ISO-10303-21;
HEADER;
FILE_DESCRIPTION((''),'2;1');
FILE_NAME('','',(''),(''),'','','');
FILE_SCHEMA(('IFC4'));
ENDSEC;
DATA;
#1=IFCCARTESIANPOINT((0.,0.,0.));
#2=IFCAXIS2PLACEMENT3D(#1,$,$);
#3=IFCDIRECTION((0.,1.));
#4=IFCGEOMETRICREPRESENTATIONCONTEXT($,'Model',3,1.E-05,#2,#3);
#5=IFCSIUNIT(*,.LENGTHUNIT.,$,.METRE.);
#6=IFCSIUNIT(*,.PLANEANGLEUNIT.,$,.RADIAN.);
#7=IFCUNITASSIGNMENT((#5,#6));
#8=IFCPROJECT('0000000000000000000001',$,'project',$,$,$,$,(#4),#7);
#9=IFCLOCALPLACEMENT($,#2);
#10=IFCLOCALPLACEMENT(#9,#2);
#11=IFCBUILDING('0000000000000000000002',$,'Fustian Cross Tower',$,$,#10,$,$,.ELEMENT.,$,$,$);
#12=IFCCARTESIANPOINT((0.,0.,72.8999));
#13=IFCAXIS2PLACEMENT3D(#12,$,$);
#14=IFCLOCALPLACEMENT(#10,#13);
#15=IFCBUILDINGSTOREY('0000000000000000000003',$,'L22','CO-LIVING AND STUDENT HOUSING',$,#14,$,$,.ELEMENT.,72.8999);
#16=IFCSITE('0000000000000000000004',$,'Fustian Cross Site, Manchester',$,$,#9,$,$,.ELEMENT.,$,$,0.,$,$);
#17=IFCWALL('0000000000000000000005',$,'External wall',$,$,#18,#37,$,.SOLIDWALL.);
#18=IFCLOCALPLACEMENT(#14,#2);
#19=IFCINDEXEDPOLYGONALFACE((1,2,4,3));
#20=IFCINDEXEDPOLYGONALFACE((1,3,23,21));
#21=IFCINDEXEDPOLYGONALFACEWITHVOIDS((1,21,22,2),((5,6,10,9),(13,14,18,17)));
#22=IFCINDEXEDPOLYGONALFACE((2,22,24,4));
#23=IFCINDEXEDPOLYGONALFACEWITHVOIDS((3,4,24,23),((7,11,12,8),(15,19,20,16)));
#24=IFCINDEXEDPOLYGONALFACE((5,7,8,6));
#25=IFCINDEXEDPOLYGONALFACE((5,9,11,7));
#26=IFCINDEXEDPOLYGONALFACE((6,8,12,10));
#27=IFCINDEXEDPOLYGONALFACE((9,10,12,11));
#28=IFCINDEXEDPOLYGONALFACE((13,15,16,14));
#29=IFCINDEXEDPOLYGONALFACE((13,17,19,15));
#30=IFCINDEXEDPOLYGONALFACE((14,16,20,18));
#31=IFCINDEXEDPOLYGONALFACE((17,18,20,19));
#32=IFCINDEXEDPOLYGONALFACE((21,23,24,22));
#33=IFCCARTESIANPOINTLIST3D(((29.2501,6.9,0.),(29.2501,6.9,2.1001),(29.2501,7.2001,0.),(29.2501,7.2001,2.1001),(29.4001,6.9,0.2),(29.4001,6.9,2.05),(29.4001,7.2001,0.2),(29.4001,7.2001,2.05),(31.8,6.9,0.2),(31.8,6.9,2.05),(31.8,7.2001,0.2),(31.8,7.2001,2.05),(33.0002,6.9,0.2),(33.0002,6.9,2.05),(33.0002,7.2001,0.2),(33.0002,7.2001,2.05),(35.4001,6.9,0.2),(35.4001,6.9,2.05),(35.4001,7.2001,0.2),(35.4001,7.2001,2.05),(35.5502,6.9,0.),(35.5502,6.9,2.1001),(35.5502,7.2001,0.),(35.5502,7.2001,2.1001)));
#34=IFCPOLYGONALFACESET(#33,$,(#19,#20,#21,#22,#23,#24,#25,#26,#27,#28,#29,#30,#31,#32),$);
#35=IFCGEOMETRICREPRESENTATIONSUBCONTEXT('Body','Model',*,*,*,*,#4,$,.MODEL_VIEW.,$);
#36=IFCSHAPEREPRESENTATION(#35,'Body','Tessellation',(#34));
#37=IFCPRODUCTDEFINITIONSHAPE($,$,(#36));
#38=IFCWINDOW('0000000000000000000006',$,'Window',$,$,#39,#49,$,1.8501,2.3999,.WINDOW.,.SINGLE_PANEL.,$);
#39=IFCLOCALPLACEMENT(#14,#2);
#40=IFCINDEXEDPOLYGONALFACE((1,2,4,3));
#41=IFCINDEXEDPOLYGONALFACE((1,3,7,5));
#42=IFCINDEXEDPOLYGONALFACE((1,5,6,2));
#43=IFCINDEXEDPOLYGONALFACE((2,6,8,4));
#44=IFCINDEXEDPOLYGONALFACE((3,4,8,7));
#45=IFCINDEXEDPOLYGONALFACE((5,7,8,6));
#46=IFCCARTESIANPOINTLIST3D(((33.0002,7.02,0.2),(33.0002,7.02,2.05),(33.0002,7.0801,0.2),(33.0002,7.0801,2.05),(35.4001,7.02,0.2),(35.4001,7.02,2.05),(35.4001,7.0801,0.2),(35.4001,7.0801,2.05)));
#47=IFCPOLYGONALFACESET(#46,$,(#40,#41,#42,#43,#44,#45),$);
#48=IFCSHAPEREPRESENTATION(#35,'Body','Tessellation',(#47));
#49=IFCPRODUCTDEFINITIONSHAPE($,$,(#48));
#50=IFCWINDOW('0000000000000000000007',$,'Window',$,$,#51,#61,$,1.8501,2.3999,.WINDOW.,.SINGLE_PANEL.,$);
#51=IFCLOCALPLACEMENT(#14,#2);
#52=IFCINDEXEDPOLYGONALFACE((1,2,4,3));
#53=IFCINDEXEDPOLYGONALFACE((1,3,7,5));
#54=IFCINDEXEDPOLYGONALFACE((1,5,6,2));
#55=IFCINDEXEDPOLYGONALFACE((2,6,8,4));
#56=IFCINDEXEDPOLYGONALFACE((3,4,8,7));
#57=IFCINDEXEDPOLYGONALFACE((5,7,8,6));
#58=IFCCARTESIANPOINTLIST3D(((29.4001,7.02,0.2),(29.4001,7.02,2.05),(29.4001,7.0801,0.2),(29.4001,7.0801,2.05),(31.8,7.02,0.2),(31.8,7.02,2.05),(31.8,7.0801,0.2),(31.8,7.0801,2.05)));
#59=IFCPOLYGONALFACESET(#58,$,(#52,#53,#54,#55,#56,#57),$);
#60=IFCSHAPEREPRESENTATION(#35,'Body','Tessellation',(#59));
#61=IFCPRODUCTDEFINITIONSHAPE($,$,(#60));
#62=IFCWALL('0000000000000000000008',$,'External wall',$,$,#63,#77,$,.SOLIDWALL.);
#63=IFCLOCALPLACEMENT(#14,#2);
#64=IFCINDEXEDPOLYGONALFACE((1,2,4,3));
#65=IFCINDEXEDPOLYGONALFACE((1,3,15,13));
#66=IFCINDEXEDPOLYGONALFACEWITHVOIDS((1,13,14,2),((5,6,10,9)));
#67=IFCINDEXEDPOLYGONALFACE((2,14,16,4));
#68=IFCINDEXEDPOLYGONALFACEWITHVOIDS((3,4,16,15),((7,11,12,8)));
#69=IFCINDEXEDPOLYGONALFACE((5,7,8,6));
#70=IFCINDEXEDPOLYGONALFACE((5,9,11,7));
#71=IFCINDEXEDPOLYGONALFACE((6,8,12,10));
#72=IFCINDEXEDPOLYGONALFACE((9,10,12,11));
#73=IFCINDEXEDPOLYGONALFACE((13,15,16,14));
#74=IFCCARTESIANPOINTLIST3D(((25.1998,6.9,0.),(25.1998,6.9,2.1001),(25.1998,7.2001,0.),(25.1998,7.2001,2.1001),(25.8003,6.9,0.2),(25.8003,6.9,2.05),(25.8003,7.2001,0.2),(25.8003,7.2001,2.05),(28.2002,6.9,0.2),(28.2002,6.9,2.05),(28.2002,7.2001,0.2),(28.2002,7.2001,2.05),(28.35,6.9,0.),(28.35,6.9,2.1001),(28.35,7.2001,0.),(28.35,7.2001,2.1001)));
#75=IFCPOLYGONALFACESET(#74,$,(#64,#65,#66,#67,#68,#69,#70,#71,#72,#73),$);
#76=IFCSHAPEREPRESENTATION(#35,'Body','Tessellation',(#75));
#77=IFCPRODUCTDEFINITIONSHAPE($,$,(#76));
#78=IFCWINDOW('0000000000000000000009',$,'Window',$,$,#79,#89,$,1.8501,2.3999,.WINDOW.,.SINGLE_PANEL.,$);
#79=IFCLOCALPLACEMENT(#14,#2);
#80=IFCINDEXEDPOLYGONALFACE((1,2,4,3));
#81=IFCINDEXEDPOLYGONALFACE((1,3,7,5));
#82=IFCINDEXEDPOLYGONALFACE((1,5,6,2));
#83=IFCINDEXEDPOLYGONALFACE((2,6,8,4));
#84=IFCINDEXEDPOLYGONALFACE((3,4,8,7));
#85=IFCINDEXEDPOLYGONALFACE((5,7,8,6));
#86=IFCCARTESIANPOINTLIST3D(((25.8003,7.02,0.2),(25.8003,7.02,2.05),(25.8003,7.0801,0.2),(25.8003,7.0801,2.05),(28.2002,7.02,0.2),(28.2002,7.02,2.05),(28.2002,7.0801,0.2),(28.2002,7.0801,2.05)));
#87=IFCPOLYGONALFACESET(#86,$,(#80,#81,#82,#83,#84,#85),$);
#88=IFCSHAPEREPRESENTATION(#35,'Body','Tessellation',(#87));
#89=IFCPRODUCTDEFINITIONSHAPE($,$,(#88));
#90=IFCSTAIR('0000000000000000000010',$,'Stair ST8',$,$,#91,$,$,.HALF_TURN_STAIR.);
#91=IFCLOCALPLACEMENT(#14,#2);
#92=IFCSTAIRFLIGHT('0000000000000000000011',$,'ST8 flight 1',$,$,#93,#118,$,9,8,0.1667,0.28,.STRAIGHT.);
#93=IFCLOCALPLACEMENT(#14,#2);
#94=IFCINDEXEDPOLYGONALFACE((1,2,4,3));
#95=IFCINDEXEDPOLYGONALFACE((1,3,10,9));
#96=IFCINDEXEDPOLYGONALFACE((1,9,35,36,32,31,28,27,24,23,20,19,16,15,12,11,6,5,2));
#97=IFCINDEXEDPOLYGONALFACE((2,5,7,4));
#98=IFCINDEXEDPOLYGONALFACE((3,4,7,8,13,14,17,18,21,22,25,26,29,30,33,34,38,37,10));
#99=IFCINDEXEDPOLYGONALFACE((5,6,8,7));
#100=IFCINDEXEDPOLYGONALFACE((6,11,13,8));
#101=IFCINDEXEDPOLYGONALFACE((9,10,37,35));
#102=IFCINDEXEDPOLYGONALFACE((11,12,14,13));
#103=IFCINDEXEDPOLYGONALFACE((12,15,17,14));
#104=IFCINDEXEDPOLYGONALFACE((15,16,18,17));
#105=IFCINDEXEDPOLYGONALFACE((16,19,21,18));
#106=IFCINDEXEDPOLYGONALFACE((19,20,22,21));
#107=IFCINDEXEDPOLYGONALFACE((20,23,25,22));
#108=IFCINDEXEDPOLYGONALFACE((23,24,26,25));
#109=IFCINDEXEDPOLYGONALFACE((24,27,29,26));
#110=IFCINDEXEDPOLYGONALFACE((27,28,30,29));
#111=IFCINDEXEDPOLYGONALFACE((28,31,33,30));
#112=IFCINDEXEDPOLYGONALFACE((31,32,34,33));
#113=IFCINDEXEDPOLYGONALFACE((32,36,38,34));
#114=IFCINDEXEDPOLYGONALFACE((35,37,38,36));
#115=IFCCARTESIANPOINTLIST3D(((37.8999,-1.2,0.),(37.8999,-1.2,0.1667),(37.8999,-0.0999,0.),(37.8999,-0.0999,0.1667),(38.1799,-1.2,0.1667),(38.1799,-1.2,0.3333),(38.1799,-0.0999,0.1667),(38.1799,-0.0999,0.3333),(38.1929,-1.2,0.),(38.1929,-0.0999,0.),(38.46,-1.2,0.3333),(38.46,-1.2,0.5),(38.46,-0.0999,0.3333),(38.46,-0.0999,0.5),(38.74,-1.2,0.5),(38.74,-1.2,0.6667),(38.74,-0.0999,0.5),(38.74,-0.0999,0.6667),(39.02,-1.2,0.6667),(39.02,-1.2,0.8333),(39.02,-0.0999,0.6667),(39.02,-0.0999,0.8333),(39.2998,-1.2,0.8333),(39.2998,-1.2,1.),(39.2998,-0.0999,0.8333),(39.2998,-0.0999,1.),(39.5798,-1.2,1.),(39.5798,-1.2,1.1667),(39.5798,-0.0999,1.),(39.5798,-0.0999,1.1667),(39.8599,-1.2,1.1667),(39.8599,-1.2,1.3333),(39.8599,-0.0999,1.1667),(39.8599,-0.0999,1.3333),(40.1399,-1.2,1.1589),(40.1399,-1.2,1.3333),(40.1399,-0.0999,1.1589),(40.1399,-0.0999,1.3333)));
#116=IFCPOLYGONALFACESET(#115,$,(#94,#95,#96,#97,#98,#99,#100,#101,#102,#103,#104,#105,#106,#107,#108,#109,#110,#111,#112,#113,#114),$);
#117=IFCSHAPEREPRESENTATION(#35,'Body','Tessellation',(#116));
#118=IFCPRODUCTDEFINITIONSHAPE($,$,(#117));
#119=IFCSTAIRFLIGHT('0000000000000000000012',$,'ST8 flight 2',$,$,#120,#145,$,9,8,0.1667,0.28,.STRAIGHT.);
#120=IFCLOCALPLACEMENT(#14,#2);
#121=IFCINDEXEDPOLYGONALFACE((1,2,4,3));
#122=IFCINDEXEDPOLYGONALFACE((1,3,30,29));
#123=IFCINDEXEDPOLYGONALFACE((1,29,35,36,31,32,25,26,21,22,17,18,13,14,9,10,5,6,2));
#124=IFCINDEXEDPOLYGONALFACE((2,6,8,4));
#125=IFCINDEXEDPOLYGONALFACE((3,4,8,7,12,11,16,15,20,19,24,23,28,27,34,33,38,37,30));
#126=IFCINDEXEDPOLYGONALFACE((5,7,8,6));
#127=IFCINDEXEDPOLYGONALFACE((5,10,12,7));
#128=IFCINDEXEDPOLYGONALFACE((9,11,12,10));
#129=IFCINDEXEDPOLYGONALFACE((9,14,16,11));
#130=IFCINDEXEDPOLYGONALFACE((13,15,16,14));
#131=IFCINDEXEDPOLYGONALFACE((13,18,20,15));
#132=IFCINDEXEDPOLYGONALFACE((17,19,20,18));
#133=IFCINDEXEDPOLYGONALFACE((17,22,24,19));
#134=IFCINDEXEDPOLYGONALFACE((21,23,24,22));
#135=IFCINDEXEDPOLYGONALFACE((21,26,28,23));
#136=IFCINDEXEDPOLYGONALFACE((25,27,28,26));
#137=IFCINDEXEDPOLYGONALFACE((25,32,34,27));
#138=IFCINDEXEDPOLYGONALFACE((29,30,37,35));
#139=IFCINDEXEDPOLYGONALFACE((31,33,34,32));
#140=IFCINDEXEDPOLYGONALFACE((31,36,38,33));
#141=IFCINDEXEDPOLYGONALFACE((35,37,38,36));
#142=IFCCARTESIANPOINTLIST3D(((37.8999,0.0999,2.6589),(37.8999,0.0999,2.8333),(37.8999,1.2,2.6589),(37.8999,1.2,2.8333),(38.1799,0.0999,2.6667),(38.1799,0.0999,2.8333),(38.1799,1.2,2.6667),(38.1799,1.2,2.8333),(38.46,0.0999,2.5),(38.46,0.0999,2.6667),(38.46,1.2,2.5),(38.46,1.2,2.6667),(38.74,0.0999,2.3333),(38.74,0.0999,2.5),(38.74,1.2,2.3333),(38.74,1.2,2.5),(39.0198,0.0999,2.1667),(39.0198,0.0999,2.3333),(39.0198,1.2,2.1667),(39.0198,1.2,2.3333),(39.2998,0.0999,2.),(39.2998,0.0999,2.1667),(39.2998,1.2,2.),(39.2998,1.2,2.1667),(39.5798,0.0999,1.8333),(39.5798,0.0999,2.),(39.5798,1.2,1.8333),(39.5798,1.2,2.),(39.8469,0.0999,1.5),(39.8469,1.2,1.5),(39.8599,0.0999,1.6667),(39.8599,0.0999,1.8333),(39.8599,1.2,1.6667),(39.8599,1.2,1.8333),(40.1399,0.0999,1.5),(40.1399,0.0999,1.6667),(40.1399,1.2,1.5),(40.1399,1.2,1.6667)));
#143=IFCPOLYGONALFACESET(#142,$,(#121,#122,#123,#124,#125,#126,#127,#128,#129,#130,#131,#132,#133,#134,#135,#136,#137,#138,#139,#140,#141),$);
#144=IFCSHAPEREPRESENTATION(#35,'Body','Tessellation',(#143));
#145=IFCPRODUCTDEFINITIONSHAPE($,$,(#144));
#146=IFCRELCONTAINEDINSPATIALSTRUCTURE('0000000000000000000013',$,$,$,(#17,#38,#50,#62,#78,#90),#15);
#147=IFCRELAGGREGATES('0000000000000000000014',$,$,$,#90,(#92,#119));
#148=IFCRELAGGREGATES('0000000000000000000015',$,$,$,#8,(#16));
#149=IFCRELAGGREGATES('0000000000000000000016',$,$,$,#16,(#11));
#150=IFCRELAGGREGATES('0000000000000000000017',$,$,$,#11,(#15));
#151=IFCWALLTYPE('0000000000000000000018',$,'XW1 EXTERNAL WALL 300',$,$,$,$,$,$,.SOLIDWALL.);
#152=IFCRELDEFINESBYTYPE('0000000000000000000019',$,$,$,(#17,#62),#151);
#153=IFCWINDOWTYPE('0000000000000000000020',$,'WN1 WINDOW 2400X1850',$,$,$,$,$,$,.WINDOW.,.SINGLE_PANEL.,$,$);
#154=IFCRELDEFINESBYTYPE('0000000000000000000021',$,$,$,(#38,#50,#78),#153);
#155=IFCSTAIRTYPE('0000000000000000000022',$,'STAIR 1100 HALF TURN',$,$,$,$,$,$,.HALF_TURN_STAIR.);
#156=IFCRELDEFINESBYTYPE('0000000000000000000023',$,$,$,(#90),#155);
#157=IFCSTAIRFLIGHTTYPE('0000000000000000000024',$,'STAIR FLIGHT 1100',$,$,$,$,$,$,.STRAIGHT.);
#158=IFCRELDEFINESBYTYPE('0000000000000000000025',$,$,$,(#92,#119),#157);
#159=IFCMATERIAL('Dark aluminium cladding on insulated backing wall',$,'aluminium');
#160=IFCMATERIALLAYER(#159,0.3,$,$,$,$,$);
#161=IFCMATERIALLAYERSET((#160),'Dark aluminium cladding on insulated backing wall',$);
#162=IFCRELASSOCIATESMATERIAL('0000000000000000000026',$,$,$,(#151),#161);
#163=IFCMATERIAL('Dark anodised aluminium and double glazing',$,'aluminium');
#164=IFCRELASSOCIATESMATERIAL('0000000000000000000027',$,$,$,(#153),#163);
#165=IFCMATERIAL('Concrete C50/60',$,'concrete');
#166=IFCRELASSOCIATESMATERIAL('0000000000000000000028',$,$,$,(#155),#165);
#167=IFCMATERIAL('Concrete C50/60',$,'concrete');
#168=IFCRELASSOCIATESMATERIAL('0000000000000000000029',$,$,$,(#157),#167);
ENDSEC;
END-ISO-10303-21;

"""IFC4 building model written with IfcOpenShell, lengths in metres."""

from ifc_helpers import new_model, si_unit, direction, frame, frame_2d, origin, place, context, subcontext, project, spatial, polyline, rectangle, outline, extrude, material, layer, layer_set, type_object, element, fill, aggregate, save


model = new_model("IFC4")

# Units and contexts
model_context = context("Model", 3, precision=1e-05, world=origin(), true_north=direction((0.0, 1.0)))
body_context = subcontext(model_context, "Body", "Model", "MODEL_VIEW")
ifc_project = project(units=[si_unit("LENGTHUNIT", "METRE"), si_unit("PLANEANGLEUNIT", "RADIAN")], contexts=[model_context])

# Site, building, storey
site_placement = place(None, origin())
site = spatial("IfcSite", under=ifc_project, at=site_placement, Name="Fustian Cross Site, Manchester", CompositionType="ELEMENT", RefElevation=0.0)
building_placement = place(site_placement, origin())
building = spatial("IfcBuilding", under=site, at=building_placement, Name="Fustian Cross Tower", CompositionType="ELEMENT")
storey_placement = place(building_placement, frame((0.0, 0.0, 72.8999)))
storey = spatial("IfcBuildingStorey", under=building, at=storey_placement, Name="L22", Description="CO-LIVING AND STUDENT HOUSING", CompositionType="ELEMENT", Elevation=72.8999)

# Shared definitions
ifc_material_1 = material(Name="Dark aluminium cladding on insulated backing wall", Category="aluminium")
ifc_layer_1 = layer(ifc_material_1, 0.3)
ifc_layer_set_1 = layer_set([ifc_layer_1], Name="Dark aluminium cladding on insulated backing wall")
wall_type_1 = type_object("IfcWallType", Name="XW1 EXTERNAL WALL 300", PredefinedType="SOLIDWALL", material=ifc_layer_set_1)
ifc_material_2 = material(Name="Dark anodised aluminium and double glazing", Category="aluminium")
window_type_1 = type_object("IfcWindowType", Name="WN1 WINDOW 2400X1850", PartitioningType="SINGLE_PANEL", PredefinedType="WINDOW", material=ifc_material_2)

# Wall, openings, windows
wall_1_placement = place(storey_placement, frame((35.55, 7.05, 0.0), z_axis=(0.0, 0.0, 1.0), x_axis=(-1.0, 0.0, 0.0)))
wall_1 = element("IfcWall", 1, at=wall_1_placement, inside=storey, type_object=wall_type_1, Name="External wall", PredefinedType="SOLIDWALL", context=body_context, shape_type="SweptSolid", body=[
    extrude(rectangle(XDim=6.3, YDim=0.3, at=frame_2d((3.1499, 0.0))), origin(), (0.0, 0.0, 1.0), 2.1001),
])
opening_1_placement = place(wall_1_placement, frame((0.1499, 0.0, 0.2)))
opening_1 = element("IfcOpeningElement", 2, at=opening_1_placement, cuts=wall_1, PredefinedType="OPENING", context=body_context, shape_type="SweptSolid", body=[
    extrude(rectangle(XDim=2.3999, YDim=1.8501, at=frame_2d((1.2, 0.925))), frame((0.0, 0.1599, 0.0), z_axis=(0.0, -1.0, 0.0), x_axis=(1.0, 0.0, 0.0)), (0.0, 0.0, 1.0), 0.3201),
])
opening_2_placement = place(wall_1_placement, frame((3.75, 0.0, 0.2)))
opening_2 = element("IfcOpeningElement", 3, at=opening_2_placement, cuts=wall_1, PredefinedType="OPENING", context=body_context, shape_type="SweptSolid", body=[
    extrude(rectangle(XDim=2.3999, YDim=1.8501, at=frame_2d((1.2, 0.925))), frame((0.0, 0.1599, 0.0), z_axis=(0.0, -1.0, 0.0), x_axis=(1.0, 0.0, 0.0)), (0.0, 0.0, 1.0), 0.3201),
])
window_1_placement = place(opening_1_placement, origin())
window_1 = element("IfcWindow", 4, at=window_1_placement, inside=storey, type_object=window_type_1, Name="Window", OverallHeight=1.8501, OverallWidth=2.3999, PartitioningType="SINGLE_PANEL", PredefinedType="WINDOW", context=body_context, shape_type="SweptSolid", body=[
    extrude(rectangle(XDim=2.3999, YDim=1.8501, at=frame_2d((1.2, 0.925))), frame((0.0, 0.03, 0.0), z_axis=(0.0, -1.0, 0.0), x_axis=(1.0, 0.0, 0.0)), (0.0, 0.0, 1.0), 0.0601),
])
fill(opening_1, window_1)
window_2_placement = place(opening_2_placement, origin())
window_2 = element("IfcWindow", 5, at=window_2_placement, inside=storey, type_object=window_type_1, Name="Window", OverallHeight=1.8501, OverallWidth=2.3999, PartitioningType="SINGLE_PANEL", PredefinedType="WINDOW", context=body_context, shape_type="SweptSolid", body=[
    extrude(rectangle(XDim=2.3999, YDim=1.8501, at=frame_2d((1.2, 0.925))), frame((0.0, 0.03, 0.0), z_axis=(0.0, -1.0, 0.0), x_axis=(1.0, 0.0, 0.0)), (0.0, 0.0, 1.0), 0.0601),
])
fill(opening_2, window_2)

# Wall, opening, window
wall_2_placement = place(storey_placement, frame((28.3501, 7.05, 0.0), z_axis=(0.0, 0.0, 1.0), x_axis=(-1.0, 0.0, 0.0)))
wall_2 = element("IfcWall", 6, at=wall_2_placement, inside=storey, type_object=wall_type_1, Name="External wall", PredefinedType="SOLIDWALL", context=body_context, shape_type="SweptSolid", body=[
    extrude(rectangle(XDim=3.1501, YDim=0.3, at=frame_2d((1.5752, 0.0))), origin(), (0.0, 0.0, 1.0), 2.1001),
])
opening_3_placement = place(wall_2_placement, frame((0.1499, 0.0, 0.2)))
opening_3 = element("IfcOpeningElement", 7, at=opening_3_placement, cuts=wall_2, PredefinedType="OPENING", context=body_context, shape_type="SweptSolid", body=[
    extrude(rectangle(XDim=2.3999, YDim=1.8501, at=frame_2d((1.2, 0.925))), frame((0.0, 0.1599, 0.0), z_axis=(0.0, -1.0, 0.0), x_axis=(1.0, 0.0, 0.0)), (0.0, 0.0, 1.0), 0.3201),
])
window_3_placement = place(opening_3_placement, origin())
window_3 = element("IfcWindow", 8, at=window_3_placement, inside=storey, type_object=window_type_1, Name="Window", OverallHeight=1.8501, OverallWidth=2.3999, PartitioningType="SINGLE_PANEL", PredefinedType="WINDOW", context=body_context, shape_type="SweptSolid", body=[
    extrude(rectangle(XDim=2.3999, YDim=1.8501, at=frame_2d((1.2, 0.925))), frame((0.0, 0.03, 0.0), z_axis=(0.0, -1.0, 0.0), x_axis=(1.0, 0.0, 0.0)), (0.0, 0.0, 1.0), 0.0601),
])
fill(opening_3, window_3)

# Stair, stair flights
ifc_material_3 = material(Name="Concrete C50/60", Category="concrete")
stair_type = type_object("IfcStairType", Name="STAIR 1100 HALF TURN", PredefinedType="HALF_TURN_STAIR", material=ifc_material_3)
stair_placement = place(storey_placement, origin())
stair = element("IfcStair", 9, at=stair_placement, inside=storey, type_object=stair_type, Name="Stair ST8", PredefinedType="HALF_TURN_STAIR")
ifc_material_4 = material(Name="Concrete C50/60", Category="concrete")
stair_flight_type = type_object("IfcStairFlightType", Name="STAIR FLIGHT 1100", PredefinedType="STRAIGHT", material=ifc_material_4)
stair_flight_1_placement = place(storey_placement, frame((37.8999, -0.6499, 0.0), z_axis=(0.0, 0.0, 1.0), x_axis=(1.0, 0.0, 0.0)))
stair_flight_1 = element("IfcStairFlight", 10, at=stair_flight_1_placement, type_object=stair_flight_type, Name="ST8 flight 1", NumberOfRisers=9, NumberOfTreads=8, PredefinedType="STRAIGHT", RiserHeight=0.1667, TreadLength=0.28, context=body_context, shape_type="SweptSolid", body=[
    extrude(outline(polyline([(0.0, 0.0), (0.0, 0.1667), (0.28, 0.1667), (0.28, 0.3333), (0.5601, 0.3333), (0.5601, 0.5), (0.8401, 0.5), (0.8401, 0.6667), (1.1201, 0.6667), (1.1201, 0.8333), (1.3999, 0.8333), (1.3999, 1.0), (1.6799, 1.0), (1.6799, 1.1667), (1.96, 1.1667), (1.96, 1.3333), (2.24, 1.3333), (2.24, 1.5), (2.24, 1.1589), (0.293, 0.0), (0.0, 0.0)])), frame((0.0, 0.55, 0.0), z_axis=(0.0, -1.0, 0.0), x_axis=(1.0, 0.0, 0.0)), (0.0, 0.0, 1.0), 1.1001),
])
stair_flight_2_placement = place(storey_placement, frame((40.1399, 0.6499, 1.5), z_axis=(0.0, 0.0, 1.0), x_axis=(-1.0, 0.0, 0.0)))
stair_flight_2 = element("IfcStairFlight", 11, at=stair_flight_2_placement, type_object=stair_flight_type, Name="ST8 flight 2", NumberOfRisers=9, NumberOfTreads=8, PredefinedType="STRAIGHT", RiserHeight=0.1667, TreadLength=0.28, context=body_context, shape_type="SweptSolid", body=[
    extrude(outline(polyline([(0.0, 0.0), (0.0, 0.1667), (0.28, 0.1667), (0.28, 0.3333), (0.5601, 0.3333), (0.5601, 0.5), (0.8401, 0.5), (0.8401, 0.6667), (1.1201, 0.6667), (1.1201, 0.8333), (1.3999, 0.8333), (1.3999, 1.0), (1.6799, 1.0), (1.6799, 1.1667), (1.96, 1.1667), (1.96, 1.3333), (2.24, 1.3333), (2.24, 1.5), (2.24, 1.1589), (0.293, 0.0), (0.0, 0.0)])), frame((0.0, 0.55, 0.0), z_axis=(0.0, -1.0, 0.0), x_axis=(1.0, 0.0, 0.0)), (0.0, 0.0, 1.0), 1.1001),
])
aggregate(stair, [stair_flight_1, stair_flight_2])

save(model, "model.ifc")
